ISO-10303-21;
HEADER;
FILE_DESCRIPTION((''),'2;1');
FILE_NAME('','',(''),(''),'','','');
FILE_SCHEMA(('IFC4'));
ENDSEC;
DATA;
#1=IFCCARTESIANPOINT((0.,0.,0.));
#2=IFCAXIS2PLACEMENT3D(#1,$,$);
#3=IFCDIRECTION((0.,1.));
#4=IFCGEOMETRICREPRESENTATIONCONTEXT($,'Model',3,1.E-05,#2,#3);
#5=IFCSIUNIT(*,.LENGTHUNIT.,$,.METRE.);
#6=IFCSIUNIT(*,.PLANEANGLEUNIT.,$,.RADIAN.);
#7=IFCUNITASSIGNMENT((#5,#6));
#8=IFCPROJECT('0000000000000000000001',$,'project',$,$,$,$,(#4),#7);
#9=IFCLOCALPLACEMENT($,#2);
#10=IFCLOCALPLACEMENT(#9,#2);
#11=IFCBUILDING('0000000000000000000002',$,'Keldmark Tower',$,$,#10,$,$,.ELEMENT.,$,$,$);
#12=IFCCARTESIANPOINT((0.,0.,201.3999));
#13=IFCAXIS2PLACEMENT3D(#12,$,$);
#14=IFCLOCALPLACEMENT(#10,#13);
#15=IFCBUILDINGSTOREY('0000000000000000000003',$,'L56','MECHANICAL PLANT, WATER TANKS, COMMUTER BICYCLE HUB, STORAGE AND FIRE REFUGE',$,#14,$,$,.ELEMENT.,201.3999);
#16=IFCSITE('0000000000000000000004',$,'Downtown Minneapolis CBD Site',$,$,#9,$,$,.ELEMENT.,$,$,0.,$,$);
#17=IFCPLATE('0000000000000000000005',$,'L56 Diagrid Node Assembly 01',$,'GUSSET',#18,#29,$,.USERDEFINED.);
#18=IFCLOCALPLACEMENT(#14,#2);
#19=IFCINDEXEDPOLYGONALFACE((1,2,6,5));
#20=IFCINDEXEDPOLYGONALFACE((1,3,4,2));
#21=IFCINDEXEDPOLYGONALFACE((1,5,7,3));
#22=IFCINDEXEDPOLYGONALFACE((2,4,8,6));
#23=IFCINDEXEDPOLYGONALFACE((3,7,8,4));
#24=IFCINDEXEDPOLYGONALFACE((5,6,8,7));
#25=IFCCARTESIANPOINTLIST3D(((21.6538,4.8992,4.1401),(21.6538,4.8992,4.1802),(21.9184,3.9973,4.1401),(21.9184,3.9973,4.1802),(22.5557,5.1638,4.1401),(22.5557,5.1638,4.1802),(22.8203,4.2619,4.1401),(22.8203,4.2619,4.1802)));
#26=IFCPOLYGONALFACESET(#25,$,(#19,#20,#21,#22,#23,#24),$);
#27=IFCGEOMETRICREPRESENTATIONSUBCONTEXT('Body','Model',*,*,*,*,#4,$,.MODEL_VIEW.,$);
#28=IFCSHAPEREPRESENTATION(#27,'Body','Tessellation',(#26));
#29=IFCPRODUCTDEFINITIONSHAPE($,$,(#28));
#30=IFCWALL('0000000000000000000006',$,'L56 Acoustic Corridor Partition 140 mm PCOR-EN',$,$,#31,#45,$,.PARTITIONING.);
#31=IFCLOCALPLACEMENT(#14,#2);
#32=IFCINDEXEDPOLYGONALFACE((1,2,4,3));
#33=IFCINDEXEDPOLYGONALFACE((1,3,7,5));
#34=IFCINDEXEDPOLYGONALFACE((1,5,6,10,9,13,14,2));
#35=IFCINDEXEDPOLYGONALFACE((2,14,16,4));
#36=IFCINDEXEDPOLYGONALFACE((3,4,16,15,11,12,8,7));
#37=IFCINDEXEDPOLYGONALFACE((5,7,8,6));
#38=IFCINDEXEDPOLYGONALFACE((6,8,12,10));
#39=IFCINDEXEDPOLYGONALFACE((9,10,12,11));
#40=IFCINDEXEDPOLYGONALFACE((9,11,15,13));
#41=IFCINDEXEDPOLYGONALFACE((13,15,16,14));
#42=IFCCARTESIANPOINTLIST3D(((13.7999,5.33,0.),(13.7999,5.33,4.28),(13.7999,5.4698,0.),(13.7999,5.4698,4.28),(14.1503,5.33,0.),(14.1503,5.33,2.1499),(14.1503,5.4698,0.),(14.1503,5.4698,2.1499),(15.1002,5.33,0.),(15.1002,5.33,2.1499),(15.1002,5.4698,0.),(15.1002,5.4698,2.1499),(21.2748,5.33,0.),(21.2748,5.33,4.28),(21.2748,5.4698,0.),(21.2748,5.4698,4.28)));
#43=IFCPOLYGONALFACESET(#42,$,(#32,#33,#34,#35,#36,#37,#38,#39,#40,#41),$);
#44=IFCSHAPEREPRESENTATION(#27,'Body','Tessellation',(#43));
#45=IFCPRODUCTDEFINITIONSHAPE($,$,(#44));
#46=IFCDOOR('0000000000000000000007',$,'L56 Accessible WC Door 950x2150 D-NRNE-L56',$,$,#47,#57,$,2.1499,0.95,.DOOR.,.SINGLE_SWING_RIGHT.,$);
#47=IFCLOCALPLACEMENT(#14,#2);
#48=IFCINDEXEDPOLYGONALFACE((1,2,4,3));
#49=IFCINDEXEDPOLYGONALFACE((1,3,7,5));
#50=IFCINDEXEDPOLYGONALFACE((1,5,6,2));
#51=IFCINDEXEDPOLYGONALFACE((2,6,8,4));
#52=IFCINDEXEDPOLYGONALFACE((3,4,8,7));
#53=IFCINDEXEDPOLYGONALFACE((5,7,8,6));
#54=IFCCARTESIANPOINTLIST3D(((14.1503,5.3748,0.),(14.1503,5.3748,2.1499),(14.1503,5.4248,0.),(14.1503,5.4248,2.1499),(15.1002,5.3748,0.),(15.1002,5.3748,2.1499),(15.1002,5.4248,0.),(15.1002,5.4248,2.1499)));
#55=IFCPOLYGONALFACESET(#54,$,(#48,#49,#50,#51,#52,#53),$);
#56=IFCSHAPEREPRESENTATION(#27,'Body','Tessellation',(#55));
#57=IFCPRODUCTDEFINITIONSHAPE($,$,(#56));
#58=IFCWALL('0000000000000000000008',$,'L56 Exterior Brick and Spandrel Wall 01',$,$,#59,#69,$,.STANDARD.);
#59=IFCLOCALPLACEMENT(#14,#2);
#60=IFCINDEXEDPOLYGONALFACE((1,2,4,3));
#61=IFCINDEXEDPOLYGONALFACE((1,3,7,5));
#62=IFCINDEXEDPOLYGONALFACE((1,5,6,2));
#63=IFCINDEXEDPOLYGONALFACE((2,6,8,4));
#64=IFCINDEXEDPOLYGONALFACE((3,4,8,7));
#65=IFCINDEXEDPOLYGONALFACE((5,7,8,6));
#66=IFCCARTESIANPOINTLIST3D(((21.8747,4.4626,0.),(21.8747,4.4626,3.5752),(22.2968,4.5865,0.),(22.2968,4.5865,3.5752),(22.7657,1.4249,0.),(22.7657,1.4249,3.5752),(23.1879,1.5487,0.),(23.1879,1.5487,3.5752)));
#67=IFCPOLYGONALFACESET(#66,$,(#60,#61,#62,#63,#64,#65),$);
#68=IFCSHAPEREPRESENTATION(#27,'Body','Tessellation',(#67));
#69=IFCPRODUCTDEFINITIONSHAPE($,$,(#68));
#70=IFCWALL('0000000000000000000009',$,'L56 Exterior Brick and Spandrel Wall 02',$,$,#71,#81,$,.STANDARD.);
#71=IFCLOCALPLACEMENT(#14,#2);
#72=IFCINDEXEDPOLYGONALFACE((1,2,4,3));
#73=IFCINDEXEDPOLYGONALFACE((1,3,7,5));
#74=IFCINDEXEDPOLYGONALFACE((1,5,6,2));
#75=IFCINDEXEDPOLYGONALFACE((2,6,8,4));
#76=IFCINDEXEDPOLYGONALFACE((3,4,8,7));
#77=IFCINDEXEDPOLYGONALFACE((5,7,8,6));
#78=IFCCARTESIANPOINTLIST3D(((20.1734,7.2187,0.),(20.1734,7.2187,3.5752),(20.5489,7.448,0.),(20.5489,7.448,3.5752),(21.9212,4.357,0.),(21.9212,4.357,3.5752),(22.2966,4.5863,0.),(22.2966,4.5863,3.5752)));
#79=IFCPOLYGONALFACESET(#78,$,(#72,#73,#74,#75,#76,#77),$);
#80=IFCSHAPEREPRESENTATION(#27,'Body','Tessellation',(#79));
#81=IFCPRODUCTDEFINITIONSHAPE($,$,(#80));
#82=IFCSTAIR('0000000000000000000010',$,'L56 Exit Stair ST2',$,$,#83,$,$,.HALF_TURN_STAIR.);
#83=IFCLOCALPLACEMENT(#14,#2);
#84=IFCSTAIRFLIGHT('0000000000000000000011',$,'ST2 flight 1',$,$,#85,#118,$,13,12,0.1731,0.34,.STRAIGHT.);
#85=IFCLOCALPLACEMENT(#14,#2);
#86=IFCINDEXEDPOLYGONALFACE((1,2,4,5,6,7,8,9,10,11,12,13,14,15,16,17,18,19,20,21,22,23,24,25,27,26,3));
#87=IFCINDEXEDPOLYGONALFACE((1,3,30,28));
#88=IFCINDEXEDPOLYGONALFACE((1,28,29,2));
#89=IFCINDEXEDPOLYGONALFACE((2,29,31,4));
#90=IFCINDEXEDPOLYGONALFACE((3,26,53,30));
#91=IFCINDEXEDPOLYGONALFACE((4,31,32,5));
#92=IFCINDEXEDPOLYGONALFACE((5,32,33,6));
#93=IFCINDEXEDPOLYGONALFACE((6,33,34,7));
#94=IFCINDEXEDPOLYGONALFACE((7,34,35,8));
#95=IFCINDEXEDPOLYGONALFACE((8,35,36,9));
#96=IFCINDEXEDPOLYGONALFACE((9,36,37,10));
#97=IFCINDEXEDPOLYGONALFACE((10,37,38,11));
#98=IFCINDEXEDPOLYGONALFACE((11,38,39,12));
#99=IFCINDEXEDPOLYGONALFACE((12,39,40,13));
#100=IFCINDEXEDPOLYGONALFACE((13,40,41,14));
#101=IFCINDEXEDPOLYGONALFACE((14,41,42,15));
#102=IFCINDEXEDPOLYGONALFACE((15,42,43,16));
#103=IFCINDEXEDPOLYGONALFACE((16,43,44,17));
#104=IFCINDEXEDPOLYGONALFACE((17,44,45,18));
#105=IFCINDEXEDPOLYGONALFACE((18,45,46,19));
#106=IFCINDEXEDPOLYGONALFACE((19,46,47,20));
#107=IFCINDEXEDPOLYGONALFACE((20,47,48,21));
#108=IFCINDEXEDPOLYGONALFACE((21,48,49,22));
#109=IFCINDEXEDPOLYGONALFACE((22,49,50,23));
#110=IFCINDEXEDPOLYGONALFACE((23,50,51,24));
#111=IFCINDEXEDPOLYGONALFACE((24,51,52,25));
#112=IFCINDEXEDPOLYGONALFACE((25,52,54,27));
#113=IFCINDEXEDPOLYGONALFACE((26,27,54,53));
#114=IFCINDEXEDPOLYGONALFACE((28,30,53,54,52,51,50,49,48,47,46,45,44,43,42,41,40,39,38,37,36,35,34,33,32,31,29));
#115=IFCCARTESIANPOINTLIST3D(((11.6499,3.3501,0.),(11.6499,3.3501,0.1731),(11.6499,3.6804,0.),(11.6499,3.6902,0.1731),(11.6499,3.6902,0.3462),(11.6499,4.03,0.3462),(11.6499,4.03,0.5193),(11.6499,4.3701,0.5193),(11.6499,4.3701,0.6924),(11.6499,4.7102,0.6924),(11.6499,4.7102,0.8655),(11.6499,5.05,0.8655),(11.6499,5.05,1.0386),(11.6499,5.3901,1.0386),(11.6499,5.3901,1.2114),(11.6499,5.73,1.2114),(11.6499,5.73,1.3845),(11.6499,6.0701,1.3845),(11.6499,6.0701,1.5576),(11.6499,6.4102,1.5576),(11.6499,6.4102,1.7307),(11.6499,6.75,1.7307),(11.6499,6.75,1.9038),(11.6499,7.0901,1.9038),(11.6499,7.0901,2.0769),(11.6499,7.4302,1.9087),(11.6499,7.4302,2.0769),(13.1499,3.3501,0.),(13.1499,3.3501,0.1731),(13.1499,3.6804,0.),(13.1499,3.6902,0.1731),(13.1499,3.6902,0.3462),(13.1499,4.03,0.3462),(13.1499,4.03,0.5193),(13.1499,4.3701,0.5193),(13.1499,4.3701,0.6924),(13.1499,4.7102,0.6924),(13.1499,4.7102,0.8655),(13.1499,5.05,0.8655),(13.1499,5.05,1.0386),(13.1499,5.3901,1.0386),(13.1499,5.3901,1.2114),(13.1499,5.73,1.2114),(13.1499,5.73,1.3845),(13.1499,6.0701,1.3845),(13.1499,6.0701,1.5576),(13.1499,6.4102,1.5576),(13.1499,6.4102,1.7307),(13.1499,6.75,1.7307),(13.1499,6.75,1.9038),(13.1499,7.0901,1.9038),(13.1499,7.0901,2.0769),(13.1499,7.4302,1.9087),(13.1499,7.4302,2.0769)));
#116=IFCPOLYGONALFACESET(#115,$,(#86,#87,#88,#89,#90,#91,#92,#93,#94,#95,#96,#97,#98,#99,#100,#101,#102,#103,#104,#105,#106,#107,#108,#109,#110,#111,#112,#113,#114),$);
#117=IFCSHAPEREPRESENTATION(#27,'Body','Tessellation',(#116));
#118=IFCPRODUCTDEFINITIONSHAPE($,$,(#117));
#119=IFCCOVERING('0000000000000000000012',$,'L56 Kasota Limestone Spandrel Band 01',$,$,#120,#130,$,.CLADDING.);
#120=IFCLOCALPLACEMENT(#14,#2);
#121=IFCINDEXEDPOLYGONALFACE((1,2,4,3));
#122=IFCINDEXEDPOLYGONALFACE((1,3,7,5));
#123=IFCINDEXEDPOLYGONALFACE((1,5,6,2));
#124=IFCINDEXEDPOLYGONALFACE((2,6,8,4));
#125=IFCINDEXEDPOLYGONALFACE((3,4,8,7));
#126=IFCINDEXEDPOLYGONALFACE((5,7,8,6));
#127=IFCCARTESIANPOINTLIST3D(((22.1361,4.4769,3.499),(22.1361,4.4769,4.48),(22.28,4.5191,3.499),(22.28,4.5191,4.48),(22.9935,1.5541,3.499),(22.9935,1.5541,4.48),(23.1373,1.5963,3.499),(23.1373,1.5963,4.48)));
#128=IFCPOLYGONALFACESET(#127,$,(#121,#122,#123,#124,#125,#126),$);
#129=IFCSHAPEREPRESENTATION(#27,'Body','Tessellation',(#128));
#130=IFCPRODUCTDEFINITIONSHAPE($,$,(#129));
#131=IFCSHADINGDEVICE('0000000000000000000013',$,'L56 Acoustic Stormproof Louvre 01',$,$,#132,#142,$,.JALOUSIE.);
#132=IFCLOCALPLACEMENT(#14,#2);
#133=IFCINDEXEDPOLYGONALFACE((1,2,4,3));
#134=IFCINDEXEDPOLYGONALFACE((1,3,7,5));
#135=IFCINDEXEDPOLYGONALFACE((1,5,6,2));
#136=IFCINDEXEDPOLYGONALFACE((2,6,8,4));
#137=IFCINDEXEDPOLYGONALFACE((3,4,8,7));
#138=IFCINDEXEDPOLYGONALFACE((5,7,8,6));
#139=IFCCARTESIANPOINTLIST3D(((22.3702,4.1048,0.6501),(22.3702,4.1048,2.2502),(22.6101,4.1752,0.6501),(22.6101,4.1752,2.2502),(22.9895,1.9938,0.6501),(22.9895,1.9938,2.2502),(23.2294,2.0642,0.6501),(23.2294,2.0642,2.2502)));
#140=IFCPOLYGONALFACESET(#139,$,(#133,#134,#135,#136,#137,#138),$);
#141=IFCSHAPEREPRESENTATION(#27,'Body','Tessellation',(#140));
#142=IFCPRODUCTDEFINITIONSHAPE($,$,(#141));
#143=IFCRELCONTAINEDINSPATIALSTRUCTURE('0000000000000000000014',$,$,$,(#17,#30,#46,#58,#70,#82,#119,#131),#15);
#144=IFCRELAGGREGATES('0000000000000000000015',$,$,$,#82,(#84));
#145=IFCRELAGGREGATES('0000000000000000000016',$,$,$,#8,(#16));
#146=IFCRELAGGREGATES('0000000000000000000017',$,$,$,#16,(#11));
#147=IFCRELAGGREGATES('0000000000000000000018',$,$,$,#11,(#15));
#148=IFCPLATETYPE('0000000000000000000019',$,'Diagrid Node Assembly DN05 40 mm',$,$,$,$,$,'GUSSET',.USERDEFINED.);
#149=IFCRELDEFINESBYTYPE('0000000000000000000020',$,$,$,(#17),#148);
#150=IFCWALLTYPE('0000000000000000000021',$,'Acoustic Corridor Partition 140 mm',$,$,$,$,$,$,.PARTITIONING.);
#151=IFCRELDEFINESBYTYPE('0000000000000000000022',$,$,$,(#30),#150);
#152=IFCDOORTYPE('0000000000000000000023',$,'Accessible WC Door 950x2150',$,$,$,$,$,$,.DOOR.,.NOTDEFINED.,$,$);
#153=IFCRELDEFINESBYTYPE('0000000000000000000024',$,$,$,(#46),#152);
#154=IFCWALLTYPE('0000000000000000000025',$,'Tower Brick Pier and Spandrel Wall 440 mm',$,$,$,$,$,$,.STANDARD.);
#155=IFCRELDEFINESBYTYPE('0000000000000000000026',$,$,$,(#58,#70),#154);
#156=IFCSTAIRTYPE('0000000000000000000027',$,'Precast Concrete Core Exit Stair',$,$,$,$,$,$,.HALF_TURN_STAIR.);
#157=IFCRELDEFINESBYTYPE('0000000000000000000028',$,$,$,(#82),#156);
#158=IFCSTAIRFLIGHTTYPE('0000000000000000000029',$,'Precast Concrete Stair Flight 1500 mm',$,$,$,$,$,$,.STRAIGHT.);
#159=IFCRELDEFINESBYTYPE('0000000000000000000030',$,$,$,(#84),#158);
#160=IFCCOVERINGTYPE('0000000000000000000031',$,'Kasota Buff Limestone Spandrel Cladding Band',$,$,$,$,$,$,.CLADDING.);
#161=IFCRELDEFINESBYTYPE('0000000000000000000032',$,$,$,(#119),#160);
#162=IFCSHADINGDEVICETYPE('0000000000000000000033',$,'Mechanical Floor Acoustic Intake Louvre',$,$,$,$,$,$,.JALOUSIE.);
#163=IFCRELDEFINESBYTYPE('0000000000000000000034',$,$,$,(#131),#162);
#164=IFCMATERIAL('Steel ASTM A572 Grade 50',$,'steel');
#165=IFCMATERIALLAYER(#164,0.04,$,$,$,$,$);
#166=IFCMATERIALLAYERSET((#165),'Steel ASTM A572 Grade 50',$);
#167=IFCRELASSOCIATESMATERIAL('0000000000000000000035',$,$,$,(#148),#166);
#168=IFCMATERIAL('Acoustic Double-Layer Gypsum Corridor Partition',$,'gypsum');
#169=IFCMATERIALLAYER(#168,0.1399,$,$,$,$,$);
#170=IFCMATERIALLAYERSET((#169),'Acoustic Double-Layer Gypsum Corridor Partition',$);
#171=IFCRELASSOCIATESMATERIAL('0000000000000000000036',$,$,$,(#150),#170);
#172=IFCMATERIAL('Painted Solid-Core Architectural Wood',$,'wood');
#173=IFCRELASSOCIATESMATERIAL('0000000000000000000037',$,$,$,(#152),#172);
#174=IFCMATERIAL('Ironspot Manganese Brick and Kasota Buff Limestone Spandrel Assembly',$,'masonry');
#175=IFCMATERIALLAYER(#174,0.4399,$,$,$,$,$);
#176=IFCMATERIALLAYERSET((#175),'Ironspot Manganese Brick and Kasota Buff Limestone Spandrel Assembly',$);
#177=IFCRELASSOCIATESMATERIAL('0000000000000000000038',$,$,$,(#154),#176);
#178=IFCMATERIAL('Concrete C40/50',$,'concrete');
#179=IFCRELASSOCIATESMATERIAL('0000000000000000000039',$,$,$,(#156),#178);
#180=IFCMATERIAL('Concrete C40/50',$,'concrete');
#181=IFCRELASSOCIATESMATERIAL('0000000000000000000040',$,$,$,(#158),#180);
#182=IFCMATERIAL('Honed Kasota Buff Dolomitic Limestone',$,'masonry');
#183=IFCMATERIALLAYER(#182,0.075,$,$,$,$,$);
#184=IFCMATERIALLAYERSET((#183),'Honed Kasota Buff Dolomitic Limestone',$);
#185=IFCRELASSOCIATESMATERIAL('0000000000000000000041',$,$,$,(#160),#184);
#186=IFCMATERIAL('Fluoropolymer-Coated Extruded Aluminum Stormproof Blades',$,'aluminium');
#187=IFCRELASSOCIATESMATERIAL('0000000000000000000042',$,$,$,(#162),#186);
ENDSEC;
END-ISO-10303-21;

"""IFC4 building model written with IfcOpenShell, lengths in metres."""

from ifc_helpers import new_model, si_unit, direction, frame, frame_2d, origin, origin_2d, place, context, subcontext, project, spatial, polyline, rectangle, outline, extrude, material, layer, layer_set, type_object, element, fill, aggregate, save


model = new_model("IFC4")

# Units and contexts
model_context = context("Model", 3, precision=1e-05, world=origin(), true_north=direction((0.0, 1.0)))
body_context = subcontext(model_context, "Body", "Model", "MODEL_VIEW")
ifc_project = project(units=[si_unit("LENGTHUNIT", "METRE"), si_unit("PLANEANGLEUNIT", "RADIAN")], contexts=[model_context])

# Site, building, storey
site_placement = place(None, origin())
site = spatial("IfcSite", under=ifc_project, at=site_placement, Name="Downtown Minneapolis CBD Site", CompositionType="ELEMENT", RefElevation=0.0)
building_placement = place(site_placement, origin())
building = spatial("IfcBuilding", under=site, at=building_placement, Name="Keldmark Tower", CompositionType="ELEMENT")
storey_placement = place(building_placement, frame((0.0, 0.0, 201.3999)))
storey = spatial("IfcBuildingStorey", under=building, at=storey_placement, Name="L56", Description="MECHANICAL PLANT, WATER TANKS, COMMUTER BICYCLE HUB, STORAGE AND FIRE REFUGE", CompositionType="ELEMENT", Elevation=201.3999)

# Plate
ifc_material_1 = material(Name="Steel ASTM A572 Grade 50", Category="steel")
ifc_layer_1 = layer(ifc_material_1, 0.04)
ifc_layer_set_1 = layer_set([ifc_layer_1], Name="Steel ASTM A572 Grade 50")
plate_type_1 = type_object("IfcPlateType", Name="Diagrid Node Assembly DN05 40 mm", ElementType="GUSSET", PredefinedType="USERDEFINED", material=ifc_layer_set_1)
plate_1_placement = place(storey_placement, frame((22.2371, 4.5806, 4.1401), z_axis=(0.0, 0.0, 1.0), x_axis=(-0.281504, 0.95956, 0.0)))
element("IfcPlate", 1, at=plate_1_placement, inside=storey, type_object=plate_type_1, Name="L56 Diagrid Node Assembly 01", ObjectType="GUSSET", PredefinedType="USERDEFINED", context=body_context, shape_type="SweptSolid", body=[
    extrude(rectangle(XDim=0.9399, YDim=0.9399, at=origin_2d()), origin(), (0.0, 0.0, 1.0), 0.04),
])

# Wall, opening, door
ifc_material_2 = material(Name="Acoustic Double-Layer Gypsum Corridor Partition", Category="gypsum")
ifc_layer_2 = layer(ifc_material_2, 0.1399)
ifc_layer_set_2 = layer_set([ifc_layer_2], Name="Acoustic Double-Layer Gypsum Corridor Partition")
wall_type_1 = type_object("IfcWallType", Name="Acoustic Corridor Partition 140 mm", PredefinedType="PARTITIONING", material=ifc_layer_set_2)
wall_1_placement = place(storey_placement, frame((13.8, 5.3999, 0.0), z_axis=(0.0, 0.0, 1.0), x_axis=(1.0, 0.0, 0.0)))
wall_1 = element("IfcWall", 2, at=wall_1_placement, inside=storey, type_object=wall_type_1, Name="L56 Acoustic Corridor Partition 140 mm PCOR-EN", PredefinedType="PARTITIONING", context=body_context, shape_type="SweptSolid", body=[
    extrude(rectangle(XDim=7.4749, YDim=0.1399, at=frame_2d((3.7373, 0.0))), origin(), (0.0, 0.0, 1.0), 4.28),
])
opening_placement = place(wall_1_placement, frame((0.3501, 0.0, 0.0)))
opening = element("IfcOpeningElement", 3, at=opening_placement, cuts=wall_1, PredefinedType="OPENING", context=body_context, shape_type="SweptSolid", body=[
    extrude(rectangle(XDim=0.95, YDim=2.1499, at=frame_2d((0.4751, 1.075))), frame((0.0, 0.0798, 0.0), z_axis=(0.0, -1.0, 0.0), x_axis=(1.0, 0.0, 0.0)), (0.0, 0.0, 1.0), 0.1599),
])
ifc_material_3 = material(Name="Painted Solid-Core Architectural Wood", Category="wood")
door_type = type_object("IfcDoorType", Name="Accessible WC Door 950x2150", OperationType="NOTDEFINED", PredefinedType="DOOR", material=ifc_material_3)
door_placement = place(opening_placement, origin())
door = element("IfcDoor", 4, at=door_placement, inside=storey, type_object=door_type, Name="L56 Accessible WC Door 950x2150 D-NRNE-L56", OperationType="SINGLE_SWING_RIGHT", OverallHeight=2.1499, OverallWidth=0.95, PredefinedType="DOOR", context=body_context, shape_type="SweptSolid", body=[
    extrude(rectangle(XDim=0.95, YDim=2.1499, at=frame_2d((0.4751, 1.075))), frame((0.0, 0.0249, 0.0), z_axis=(0.0, -1.0, 0.0), x_axis=(1.0, 0.0, 0.0)), (0.0, 0.0, 1.0), 0.05),
])
fill(opening, door)

# Walls
ifc_material_4 = material(Name="Ironspot Manganese Brick and Kasota Buff Limestone Spandrel Assembly", Category="masonry")
ifc_layer_3 = layer(ifc_material_4, 0.4399)
ifc_layer_set_3 = layer_set([ifc_layer_3], Name="Ironspot Manganese Brick and Kasota Buff Limestone Spandrel Assembly")
wall_type_2 = type_object("IfcWallType", Name="Tower Brick Pier and Spandrel Wall 440 mm", PredefinedType="STANDARD", material=ifc_layer_set_3)
wall_2_placement = place(storey_placement, frame((22.0857, 4.5247, 0.0), z_axis=(0.0, 0.0, 1.0), x_axis=(0.281477, -0.959568, 0.0)))
element("IfcWall", 5, at=wall_2_placement, inside=storey, type_object=wall_type_2, Name="L56 Exterior Brick and Spandrel Wall 01", PredefinedType="STANDARD", context=body_context, shape_type="SweptSolid", body=[
    extrude(rectangle(XDim=3.1658, YDim=0.4399, at=frame_2d((1.583, 0.0))), origin(), (0.0, 0.0, 1.0), 3.5752),
])
wall_3_placement = place(storey_placement, frame((20.3611, 7.3335, 0.0), z_axis=(0.0, 0.0, 1.0), x_axis=(0.521214, -0.853426, 0.0)))
element("IfcWall", 6, at=wall_3_placement, inside=storey, type_object=wall_type_2, Name="L56 Exterior Brick and Spandrel Wall 02", PredefinedType="STANDARD", context=body_context, shape_type="SweptSolid", body=[
    extrude(rectangle(XDim=3.3533, YDim=0.4399, at=frame_2d((1.6768, 0.0))), origin(), (0.0, 0.0, 1.0), 3.5752),
])

# Stair, stair flight
ifc_material_5 = material(Name="Concrete C40/50", Category="concrete")
stair_type = type_object("IfcStairType", Name="Precast Concrete Core Exit Stair", PredefinedType="HALF_TURN_STAIR", material=ifc_material_5)
stair_placement = place(storey_placement, origin())
stair = element("IfcStair", 7, at=stair_placement, inside=storey, type_object=stair_type, Name="L56 Exit Stair ST2", PredefinedType="HALF_TURN_STAIR")
ifc_material_6 = material(Name="Concrete C40/50", Category="concrete")
stair_flight_type = type_object("IfcStairFlightType", Name="Precast Concrete Stair Flight 1500 mm", PredefinedType="STRAIGHT", material=ifc_material_6)
stair_flight_placement = place(storey_placement, frame((12.3999, 3.3501, 0.0), z_axis=(0.0, 0.0, 1.0), x_axis=(0.0, 1.0, 0.0)))
stair_flight = element("IfcStairFlight", 8, at=stair_flight_placement, type_object=stair_flight_type, Name="ST2 flight 1", NumberOfRisers=13, NumberOfTreads=12, PredefinedType="STRAIGHT", RiserHeight=0.1731, TreadLength=0.34, context=body_context, shape_type="SweptSolid", body=[
    extrude(outline(polyline([(0.0, 0.0), (0.0, 0.1731), (0.3401, 0.1731), (0.3401, 0.3462), (0.6799, 0.3462), (0.6799, 0.5193), (1.02, 0.5193), (1.02, 0.6924), (1.3601, 0.6924), (1.3601, 0.8655), (1.7, 0.8655), (1.7, 1.0386), (2.04, 1.0386), (2.04, 1.2114), (2.3799, 1.2114), (2.3799, 1.3845), (2.72, 1.3845), (2.72, 1.5576), (3.0601, 1.5576), (3.0601, 1.7307), (3.3999, 1.7307), (3.3999, 1.9038), (3.74, 1.9038), (3.74, 2.0769), (4.0801, 2.0769), (4.0801, 2.25), (4.0801, 1.9087), (0.3303, 0.0), (0.0, 0.0)])), frame((0.0, 0.75, 0.0), z_axis=(0.0, -1.0, 0.0), x_axis=(1.0, 0.0, 0.0)), (0.0, 0.0, 1.0), 1.5),
])
aggregate(stair, [stair_flight])

# Covering
ifc_material_7 = material(Name="Honed Kasota Buff Dolomitic Limestone", Category="masonry")
ifc_layer_4 = layer(ifc_material_7, 0.075)
ifc_layer_set_4 = layer_set([ifc_layer_4], Name="Honed Kasota Buff Dolomitic Limestone")
covering_type = type_object("IfcCoveringType", Name="Kasota Buff Limestone Spandrel Cladding Band", PredefinedType="CLADDING", material=ifc_layer_set_4)
covering_placement = place(storey_placement, frame((22.6367, 3.0366, 3.499), z_axis=(0.0, 0.0, 1.0), x_axis=(-0.281471, 0.95957, 0.0)))
element("IfcCovering", 9, at=covering_placement, inside=storey, type_object=covering_type, Name="L56 Kasota Limestone Spandrel Band 01", PredefinedType="CLADDING", context=body_context, shape_type="SweptSolid", body=[
    extrude(rectangle(XDim=3.0459, YDim=0.1499, at=origin_2d()), origin(), (0.0, 0.0, 1.0), 0.981),
])

# Shading device
ifc_material_8 = material(Name="Fluoropolymer-Coated Extruded Aluminum Stormproof Blades", Category="aluminium")
shading_device_type = type_object("IfcShadingDeviceType", Name="Mechanical Floor Acoustic Intake Louvre", PredefinedType="JALOUSIE", material=ifc_material_8)
shading_device_placement = place(storey_placement, frame((22.7998, 3.0845, 0.6501), z_axis=(0.0, 0.0, 1.0), x_axis=(-0.281471, 0.95957, 0.0)))
element("IfcShadingDevice", 10, at=shading_device_placement, inside=storey, type_object=shading_device_type, Name="L56 Acoustic Stormproof Louvre 01", PredefinedType="JALOUSIE", context=body_context, shape_type="SweptSolid", body=[
    extrude(rectangle(XDim=2.2, YDim=0.25, at=origin_2d()), origin(), (0.0, 0.0, 1.0), 1.6001),
])

save(model, "model.ifc")
